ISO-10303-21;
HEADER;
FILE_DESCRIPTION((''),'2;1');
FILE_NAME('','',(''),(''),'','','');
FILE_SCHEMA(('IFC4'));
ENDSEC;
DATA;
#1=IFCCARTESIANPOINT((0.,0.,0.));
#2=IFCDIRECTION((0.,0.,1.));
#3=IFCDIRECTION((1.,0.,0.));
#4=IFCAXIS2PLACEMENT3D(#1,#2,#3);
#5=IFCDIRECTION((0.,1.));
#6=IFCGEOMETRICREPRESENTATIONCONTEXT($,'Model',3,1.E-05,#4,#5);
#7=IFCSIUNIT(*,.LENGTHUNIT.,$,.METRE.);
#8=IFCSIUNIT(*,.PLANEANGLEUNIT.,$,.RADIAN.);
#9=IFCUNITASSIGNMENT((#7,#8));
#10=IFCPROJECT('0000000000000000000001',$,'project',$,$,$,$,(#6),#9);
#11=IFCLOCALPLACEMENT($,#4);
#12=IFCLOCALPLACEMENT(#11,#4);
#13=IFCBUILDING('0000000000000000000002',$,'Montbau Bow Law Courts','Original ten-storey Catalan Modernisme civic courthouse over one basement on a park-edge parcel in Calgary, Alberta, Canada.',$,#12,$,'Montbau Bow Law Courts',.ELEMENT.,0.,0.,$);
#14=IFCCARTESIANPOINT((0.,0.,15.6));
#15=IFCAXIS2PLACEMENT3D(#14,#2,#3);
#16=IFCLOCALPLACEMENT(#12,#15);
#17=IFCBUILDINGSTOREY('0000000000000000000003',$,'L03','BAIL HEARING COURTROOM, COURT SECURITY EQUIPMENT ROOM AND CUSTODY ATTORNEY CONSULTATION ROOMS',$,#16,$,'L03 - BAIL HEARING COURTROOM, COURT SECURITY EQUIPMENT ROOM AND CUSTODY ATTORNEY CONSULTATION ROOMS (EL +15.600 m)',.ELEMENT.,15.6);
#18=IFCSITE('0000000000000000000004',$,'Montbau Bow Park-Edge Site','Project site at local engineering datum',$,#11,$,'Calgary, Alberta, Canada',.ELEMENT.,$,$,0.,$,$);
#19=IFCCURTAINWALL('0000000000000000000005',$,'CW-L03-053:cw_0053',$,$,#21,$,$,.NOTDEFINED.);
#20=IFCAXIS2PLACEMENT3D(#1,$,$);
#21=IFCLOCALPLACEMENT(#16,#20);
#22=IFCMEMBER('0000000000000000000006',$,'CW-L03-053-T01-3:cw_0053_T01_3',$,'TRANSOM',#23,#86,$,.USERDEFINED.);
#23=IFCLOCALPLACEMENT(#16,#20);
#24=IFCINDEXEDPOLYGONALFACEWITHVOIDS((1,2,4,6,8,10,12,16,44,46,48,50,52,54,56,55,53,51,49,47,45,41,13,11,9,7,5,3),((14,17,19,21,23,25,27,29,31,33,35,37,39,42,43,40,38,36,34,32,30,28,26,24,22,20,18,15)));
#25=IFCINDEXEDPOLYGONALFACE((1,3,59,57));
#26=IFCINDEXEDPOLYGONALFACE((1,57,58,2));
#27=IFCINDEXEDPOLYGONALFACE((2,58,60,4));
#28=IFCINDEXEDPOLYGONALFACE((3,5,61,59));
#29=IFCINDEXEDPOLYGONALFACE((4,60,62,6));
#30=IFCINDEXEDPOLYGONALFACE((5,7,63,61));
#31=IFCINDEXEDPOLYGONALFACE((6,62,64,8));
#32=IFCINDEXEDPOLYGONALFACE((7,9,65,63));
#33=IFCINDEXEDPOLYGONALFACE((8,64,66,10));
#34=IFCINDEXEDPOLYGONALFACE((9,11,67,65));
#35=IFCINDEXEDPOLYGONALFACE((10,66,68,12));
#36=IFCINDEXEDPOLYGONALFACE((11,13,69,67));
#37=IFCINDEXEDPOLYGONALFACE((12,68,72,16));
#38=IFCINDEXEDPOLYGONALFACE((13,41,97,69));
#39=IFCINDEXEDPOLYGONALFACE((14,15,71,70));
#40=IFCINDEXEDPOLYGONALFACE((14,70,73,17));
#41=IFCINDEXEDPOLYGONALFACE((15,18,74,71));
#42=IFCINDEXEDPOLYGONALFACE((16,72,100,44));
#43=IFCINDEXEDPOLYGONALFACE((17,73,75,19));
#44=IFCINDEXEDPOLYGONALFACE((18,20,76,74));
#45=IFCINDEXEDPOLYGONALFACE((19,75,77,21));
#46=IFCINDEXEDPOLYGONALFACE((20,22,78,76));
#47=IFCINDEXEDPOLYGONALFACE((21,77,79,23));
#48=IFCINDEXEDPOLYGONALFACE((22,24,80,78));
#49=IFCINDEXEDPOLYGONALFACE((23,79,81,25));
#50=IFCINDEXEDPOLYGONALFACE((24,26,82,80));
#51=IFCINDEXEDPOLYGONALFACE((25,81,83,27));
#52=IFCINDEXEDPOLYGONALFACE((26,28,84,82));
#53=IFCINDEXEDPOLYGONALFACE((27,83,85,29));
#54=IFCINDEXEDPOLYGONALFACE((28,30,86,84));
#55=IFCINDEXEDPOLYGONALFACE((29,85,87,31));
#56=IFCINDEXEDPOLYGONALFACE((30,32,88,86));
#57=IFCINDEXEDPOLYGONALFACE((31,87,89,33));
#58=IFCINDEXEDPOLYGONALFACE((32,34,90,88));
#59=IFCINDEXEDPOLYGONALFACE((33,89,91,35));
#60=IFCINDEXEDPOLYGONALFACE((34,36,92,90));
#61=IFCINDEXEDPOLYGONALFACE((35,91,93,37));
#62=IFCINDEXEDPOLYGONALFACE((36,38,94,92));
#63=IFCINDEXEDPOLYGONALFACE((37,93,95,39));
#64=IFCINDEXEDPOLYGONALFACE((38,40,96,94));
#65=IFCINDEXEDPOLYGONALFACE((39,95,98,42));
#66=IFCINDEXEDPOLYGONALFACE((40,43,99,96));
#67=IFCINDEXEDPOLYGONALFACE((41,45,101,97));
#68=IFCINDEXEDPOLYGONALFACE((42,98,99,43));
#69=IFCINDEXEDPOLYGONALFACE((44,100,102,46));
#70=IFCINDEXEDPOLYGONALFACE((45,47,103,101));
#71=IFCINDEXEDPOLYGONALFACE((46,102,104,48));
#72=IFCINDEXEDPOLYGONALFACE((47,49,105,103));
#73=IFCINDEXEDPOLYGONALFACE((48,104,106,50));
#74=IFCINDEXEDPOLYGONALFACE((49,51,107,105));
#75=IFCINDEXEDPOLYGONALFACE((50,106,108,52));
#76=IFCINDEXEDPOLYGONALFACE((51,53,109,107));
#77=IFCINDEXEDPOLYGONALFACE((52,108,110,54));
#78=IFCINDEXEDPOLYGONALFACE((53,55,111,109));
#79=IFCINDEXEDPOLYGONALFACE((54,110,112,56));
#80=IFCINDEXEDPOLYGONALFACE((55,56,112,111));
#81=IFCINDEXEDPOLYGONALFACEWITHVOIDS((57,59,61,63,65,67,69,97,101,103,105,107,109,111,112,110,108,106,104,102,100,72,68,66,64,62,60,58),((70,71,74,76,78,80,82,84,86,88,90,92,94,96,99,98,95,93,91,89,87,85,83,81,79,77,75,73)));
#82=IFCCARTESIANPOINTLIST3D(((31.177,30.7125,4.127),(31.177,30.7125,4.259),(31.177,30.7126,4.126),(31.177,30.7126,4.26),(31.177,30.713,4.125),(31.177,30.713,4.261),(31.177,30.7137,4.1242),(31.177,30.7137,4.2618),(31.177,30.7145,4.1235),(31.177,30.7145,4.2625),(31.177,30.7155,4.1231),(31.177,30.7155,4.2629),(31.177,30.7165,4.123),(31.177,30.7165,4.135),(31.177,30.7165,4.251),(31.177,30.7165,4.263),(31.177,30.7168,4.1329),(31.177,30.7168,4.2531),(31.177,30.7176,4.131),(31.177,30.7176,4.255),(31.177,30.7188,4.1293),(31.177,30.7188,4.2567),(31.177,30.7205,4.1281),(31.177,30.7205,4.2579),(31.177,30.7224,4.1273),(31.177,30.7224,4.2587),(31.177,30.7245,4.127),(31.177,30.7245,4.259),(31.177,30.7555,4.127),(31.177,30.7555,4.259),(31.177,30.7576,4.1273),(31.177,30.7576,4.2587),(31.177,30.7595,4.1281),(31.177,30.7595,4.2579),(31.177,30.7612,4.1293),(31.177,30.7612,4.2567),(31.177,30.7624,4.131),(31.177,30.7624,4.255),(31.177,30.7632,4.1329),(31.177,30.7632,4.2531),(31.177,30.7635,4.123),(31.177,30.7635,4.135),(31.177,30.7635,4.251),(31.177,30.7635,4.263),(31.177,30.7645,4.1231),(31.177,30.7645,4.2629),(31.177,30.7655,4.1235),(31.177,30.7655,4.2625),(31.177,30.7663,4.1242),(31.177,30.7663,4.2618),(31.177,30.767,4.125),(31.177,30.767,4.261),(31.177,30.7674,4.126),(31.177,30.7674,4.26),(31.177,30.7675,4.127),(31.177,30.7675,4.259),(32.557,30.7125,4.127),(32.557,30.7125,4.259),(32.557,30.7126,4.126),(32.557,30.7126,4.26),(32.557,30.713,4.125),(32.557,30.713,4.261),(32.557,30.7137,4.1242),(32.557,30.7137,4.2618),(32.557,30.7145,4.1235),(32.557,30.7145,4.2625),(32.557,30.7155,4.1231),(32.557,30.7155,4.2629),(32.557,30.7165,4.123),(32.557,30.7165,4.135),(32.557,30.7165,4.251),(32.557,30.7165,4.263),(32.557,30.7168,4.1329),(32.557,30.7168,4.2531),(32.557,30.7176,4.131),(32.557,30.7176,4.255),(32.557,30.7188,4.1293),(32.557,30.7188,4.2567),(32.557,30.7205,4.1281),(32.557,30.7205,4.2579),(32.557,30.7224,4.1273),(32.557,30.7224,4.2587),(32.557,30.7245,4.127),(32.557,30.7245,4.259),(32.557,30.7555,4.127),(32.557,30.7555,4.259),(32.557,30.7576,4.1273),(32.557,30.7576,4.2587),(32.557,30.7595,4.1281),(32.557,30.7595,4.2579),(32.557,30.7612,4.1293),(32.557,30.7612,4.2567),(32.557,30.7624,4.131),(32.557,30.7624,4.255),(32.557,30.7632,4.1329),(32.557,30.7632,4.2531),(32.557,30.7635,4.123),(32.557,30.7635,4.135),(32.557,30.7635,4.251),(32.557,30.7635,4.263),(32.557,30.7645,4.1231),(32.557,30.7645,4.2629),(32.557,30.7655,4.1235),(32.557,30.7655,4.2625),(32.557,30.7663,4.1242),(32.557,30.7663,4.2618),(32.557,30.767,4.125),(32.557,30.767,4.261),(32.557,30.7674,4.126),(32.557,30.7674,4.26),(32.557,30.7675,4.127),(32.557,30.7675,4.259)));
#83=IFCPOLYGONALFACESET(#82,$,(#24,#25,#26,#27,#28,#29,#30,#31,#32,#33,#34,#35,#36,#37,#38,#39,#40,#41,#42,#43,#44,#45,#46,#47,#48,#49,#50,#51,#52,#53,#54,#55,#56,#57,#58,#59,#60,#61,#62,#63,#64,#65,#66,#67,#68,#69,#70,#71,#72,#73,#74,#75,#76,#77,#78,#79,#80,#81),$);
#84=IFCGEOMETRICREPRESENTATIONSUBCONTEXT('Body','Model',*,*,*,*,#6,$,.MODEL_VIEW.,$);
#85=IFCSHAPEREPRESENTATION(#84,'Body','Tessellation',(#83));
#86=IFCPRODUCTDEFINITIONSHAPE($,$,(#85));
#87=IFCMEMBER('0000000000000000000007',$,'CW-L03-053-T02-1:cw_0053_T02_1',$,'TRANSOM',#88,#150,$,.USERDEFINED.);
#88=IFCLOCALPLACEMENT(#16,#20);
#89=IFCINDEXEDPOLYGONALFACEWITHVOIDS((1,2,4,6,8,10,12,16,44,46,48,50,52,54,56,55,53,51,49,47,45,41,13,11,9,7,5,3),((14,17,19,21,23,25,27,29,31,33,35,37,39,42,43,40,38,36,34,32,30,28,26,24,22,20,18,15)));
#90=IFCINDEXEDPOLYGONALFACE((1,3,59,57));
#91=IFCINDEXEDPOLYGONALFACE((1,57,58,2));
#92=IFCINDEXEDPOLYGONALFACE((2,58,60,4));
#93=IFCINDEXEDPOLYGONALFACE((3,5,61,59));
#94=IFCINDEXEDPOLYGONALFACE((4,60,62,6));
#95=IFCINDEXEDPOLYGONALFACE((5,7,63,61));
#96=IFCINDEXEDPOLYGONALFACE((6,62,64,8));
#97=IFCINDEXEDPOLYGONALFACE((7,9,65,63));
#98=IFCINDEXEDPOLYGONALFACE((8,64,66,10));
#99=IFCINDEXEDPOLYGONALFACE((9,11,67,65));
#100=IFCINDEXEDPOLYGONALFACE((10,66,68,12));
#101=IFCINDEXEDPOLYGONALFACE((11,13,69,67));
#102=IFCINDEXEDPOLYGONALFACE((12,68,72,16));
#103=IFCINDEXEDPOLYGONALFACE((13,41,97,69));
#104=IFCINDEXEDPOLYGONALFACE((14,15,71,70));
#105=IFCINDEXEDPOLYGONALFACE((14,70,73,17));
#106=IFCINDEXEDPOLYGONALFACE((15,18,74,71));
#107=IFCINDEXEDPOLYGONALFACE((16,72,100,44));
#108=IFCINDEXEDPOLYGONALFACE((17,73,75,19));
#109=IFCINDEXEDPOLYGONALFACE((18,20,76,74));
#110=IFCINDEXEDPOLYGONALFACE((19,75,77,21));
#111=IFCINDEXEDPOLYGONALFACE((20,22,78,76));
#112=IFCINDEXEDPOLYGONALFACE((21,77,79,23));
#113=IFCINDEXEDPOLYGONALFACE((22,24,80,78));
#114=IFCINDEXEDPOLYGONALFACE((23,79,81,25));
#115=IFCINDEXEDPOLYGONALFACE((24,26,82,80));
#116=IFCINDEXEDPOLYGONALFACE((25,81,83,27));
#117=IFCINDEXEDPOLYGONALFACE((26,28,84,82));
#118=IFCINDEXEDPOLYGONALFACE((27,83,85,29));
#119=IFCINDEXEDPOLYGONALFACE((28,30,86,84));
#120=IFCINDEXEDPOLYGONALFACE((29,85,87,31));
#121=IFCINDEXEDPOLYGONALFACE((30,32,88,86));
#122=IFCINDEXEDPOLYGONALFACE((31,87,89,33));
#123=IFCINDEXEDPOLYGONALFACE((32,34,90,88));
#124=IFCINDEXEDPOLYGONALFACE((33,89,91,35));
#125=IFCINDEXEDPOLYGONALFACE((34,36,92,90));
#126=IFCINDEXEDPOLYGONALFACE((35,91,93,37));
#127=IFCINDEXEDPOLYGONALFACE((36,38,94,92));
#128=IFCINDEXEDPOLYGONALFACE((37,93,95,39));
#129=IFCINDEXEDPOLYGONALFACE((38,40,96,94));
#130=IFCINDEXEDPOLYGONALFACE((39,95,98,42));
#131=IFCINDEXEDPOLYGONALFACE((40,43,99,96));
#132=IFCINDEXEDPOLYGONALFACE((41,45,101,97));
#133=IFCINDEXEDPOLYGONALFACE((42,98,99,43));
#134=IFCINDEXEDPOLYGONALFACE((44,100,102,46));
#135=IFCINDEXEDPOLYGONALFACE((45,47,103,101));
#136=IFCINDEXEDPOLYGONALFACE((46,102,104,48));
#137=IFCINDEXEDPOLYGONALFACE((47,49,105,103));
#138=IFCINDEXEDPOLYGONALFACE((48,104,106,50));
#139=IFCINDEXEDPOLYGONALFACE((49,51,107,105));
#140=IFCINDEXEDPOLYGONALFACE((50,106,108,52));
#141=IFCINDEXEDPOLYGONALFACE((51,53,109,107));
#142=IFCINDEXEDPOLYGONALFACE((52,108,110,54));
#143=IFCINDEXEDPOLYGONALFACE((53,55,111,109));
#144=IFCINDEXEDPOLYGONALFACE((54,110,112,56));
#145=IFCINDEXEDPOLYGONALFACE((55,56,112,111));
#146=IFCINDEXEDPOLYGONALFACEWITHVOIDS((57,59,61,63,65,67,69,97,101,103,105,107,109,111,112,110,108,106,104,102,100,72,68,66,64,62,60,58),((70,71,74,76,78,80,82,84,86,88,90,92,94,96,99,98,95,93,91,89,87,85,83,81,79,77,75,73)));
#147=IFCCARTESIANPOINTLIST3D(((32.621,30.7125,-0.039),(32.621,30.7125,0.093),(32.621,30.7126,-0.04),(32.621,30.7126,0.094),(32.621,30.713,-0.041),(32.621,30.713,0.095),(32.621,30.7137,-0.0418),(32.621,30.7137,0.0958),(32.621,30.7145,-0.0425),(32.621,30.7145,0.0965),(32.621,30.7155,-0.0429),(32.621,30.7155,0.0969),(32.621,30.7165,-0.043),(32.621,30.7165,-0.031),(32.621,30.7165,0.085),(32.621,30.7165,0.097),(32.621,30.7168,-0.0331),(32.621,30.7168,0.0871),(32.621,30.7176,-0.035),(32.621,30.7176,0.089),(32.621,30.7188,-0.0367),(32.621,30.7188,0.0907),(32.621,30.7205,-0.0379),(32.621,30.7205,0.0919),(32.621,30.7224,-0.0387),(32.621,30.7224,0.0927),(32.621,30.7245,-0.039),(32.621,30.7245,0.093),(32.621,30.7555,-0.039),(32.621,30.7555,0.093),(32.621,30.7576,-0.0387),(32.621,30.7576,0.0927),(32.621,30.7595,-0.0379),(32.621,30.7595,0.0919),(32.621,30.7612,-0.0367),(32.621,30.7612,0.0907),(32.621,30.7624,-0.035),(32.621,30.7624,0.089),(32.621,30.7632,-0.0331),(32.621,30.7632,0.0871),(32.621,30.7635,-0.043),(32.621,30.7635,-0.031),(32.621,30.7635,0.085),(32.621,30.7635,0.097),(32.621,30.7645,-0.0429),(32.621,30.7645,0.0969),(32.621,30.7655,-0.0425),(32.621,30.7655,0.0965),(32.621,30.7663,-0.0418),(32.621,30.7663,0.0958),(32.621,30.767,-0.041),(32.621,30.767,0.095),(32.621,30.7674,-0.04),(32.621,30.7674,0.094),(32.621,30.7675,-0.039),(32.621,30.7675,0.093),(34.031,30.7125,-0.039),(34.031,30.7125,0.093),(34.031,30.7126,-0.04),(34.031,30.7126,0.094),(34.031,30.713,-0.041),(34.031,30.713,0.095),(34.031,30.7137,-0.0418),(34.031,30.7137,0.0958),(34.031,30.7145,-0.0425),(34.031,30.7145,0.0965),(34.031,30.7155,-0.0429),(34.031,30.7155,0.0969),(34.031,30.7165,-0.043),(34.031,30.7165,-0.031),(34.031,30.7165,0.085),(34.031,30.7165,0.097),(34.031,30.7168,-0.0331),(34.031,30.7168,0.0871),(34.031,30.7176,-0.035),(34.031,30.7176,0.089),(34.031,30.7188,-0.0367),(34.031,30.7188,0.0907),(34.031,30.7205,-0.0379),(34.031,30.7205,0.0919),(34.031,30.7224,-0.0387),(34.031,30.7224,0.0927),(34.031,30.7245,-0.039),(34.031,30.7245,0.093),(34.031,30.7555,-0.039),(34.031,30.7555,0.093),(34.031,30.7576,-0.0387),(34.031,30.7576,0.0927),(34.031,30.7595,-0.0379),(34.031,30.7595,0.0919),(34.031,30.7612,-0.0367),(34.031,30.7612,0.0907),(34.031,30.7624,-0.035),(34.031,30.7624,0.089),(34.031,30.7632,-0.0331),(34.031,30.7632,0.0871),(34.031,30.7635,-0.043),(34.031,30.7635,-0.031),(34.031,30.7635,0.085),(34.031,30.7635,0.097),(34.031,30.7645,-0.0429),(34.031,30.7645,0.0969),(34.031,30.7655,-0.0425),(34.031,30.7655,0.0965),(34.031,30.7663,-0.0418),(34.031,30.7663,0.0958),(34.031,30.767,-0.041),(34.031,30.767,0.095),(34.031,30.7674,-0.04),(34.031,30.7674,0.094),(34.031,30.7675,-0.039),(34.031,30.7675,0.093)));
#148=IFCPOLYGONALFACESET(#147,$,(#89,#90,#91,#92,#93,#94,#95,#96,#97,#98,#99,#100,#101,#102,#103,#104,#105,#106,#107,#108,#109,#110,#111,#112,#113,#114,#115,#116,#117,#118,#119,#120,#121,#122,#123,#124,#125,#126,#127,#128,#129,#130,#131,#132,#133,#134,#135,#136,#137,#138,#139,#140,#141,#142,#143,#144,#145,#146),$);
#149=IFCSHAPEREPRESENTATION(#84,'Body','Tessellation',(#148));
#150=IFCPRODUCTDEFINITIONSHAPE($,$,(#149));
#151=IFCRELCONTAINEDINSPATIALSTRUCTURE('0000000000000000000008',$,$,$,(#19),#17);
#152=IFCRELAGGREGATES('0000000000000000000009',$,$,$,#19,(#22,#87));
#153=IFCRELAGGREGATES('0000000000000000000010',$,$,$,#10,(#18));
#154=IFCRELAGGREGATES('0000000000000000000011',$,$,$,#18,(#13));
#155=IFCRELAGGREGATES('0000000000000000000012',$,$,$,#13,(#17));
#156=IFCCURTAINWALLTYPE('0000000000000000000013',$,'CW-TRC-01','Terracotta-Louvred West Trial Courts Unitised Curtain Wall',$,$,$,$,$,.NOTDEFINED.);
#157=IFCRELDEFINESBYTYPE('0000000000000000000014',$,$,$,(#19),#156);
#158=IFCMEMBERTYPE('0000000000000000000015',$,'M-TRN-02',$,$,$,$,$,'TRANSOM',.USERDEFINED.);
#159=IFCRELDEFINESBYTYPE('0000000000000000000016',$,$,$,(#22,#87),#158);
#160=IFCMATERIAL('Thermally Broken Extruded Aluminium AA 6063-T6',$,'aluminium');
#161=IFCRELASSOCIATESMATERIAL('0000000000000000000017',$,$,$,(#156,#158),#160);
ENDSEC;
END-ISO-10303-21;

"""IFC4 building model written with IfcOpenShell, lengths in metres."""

from ifc_helpers import new_model, si_unit, direction, frame, origin_with_axes, origin_2d_with_axis, place, context, subcontext, project, spatial, hollow_rectangle, extrude, material, material_profile, profile_set, type_object, element, aggregate, save


model = new_model("IFC4")

# Units and contexts
model_context = context("Model", 3, precision=1e-05, world=origin_with_axes(), true_north=direction((0.0, 1.0)))
body_context = subcontext(model_context, "Body", "Model", "MODEL_VIEW")
ifc_project = project(units=[si_unit("LENGTHUNIT", "METRE"), si_unit("PLANEANGLEUNIT", "RADIAN")], contexts=[model_context])

# Site, building, storey
site_placement = place(None, origin_with_axes())
site = spatial("IfcSite", under=ifc_project, at=site_placement, Name="Montbau Bow Park-Edge Site", Description="Project site at local engineering datum", LongName="Calgary, Alberta, Canada", CompositionType="ELEMENT", RefElevation=0.0)
building_placement = place(site_placement, origin_with_axes())
building = spatial("IfcBuilding", under=site, at=building_placement, Name="Montbau Bow Law Courts", Description="Original ten-storey Catalan Modernisme civic courthouse over one basement on a park-edge parcel in Calgary, Alberta, Canada.", LongName="Montbau Bow Law Courts", CompositionType="ELEMENT", ElevationOfRefHeight=0.0, ElevationOfTerrain=0.0)
storey_placement = place(building_placement, frame((0.0, 0.0, 15.6), z_axis=(0.0, 0.0, 1.0), x_axis=(1.0, 0.0, 0.0)))
storey = spatial("IfcBuildingStorey", under=building, at=storey_placement, Name="L03", Description="BAIL HEARING COURTROOM, COURT SECURITY EQUIPMENT ROOM AND CUSTODY ATTORNEY CONSULTATION ROOMS", LongName="L03 - BAIL HEARING COURTROOM, COURT SECURITY EQUIPMENT ROOM AND CUSTODY ATTORNEY CONSULTATION ROOMS (EL +15.600 m)", CompositionType="ELEMENT", Elevation=15.6)

# Shared definitions
ifc_material_1 = material(Name="Thermally Broken Extruded Aluminium AA 6063-T6", Category="aluminium")
curtain_wall_type = type_object("IfcCurtainWallType", Name="CW-TRC-01", Description="Terracotta-Louvred West Trial Courts Unitised Curtain Wall", PredefinedType="NOTDEFINED", material=ifc_material_1)

# Curtain wall, members
curtain_wall_1_placement = place(None, frame((31.115, 30.74, 15.6), z_axis=(0.0, 0.0, 1.0), x_axis=(1.0, 0.0, 0.0)))
curtain_wall_1 = element("IfcCurtainWall", 1, at=curtain_wall_1_placement, inside=storey, type_object=curtain_wall_type, Name="CW-L03-053:cw_0053", PredefinedType="NOTDEFINED")
ifc_material_profile_1 = material_profile(ifc_material_1, hollow_rectangle(XDim=0.055, YDim=0.14, WallThickness=0.004, InnerFilletRadius=0.008, OuterFilletRadius=0.004, at=origin_2d_with_axis()), Name="CWT-140X55", Category="Main", Priority=0)
ifc_profile_set_1 = profile_set([ifc_material_profile_1], Name="Thermally Broken Extruded Aluminium AA 6063-T6")
member_type_1 = type_object("IfcMemberType", Name="M-TRN-02", ElementType="TRANSOM", PredefinedType="USERDEFINED", material=ifc_profile_set_1)
member_1_placement = place(None, frame((31.177, 30.74, 19.793), z_axis=(1.0, 0.0, 0.0), x_axis=(0.0, 1.0, 0.0)))
member_1 = element("IfcMember", 2, at=member_1_placement, type_object=member_type_1, Name="CW-L03-053-T01-3:cw_0053_T01_3", ObjectType="TRANSOM", PredefinedType="USERDEFINED", context=body_context, shape_type="SweptSolid", body=[
    extrude(hollow_rectangle(XDim=0.055, YDim=0.14, WallThickness=0.004, InnerFilletRadius=0.008, OuterFilletRadius=0.004, at=origin_2d_with_axis()), origin_with_axes(), (0.0, 0.0, 1.0), 1.38),
])
member_2_placement = place(None, frame((32.621, 30.74, 15.627), z_axis=(1.0, 0.0, 0.0), x_axis=(0.0, 1.0, 0.0)))
member_2 = element("IfcMember", 3, at=member_2_placement, type_object=member_type_1, Name="CW-L03-053-T02-1:cw_0053_T02_1", ObjectType="TRANSOM", PredefinedType="USERDEFINED", context=body_context, shape_type="SweptSolid", body=[
    extrude(hollow_rectangle(XDim=0.055, YDim=0.14, WallThickness=0.004, InnerFilletRadius=0.008, OuterFilletRadius=0.004, at=origin_2d_with_axis()), origin_with_axes(), (0.0, 0.0, 1.0), 1.41),
])
aggregate(curtain_wall_1, [member_1, member_2])

save(model, "model.ifc")
